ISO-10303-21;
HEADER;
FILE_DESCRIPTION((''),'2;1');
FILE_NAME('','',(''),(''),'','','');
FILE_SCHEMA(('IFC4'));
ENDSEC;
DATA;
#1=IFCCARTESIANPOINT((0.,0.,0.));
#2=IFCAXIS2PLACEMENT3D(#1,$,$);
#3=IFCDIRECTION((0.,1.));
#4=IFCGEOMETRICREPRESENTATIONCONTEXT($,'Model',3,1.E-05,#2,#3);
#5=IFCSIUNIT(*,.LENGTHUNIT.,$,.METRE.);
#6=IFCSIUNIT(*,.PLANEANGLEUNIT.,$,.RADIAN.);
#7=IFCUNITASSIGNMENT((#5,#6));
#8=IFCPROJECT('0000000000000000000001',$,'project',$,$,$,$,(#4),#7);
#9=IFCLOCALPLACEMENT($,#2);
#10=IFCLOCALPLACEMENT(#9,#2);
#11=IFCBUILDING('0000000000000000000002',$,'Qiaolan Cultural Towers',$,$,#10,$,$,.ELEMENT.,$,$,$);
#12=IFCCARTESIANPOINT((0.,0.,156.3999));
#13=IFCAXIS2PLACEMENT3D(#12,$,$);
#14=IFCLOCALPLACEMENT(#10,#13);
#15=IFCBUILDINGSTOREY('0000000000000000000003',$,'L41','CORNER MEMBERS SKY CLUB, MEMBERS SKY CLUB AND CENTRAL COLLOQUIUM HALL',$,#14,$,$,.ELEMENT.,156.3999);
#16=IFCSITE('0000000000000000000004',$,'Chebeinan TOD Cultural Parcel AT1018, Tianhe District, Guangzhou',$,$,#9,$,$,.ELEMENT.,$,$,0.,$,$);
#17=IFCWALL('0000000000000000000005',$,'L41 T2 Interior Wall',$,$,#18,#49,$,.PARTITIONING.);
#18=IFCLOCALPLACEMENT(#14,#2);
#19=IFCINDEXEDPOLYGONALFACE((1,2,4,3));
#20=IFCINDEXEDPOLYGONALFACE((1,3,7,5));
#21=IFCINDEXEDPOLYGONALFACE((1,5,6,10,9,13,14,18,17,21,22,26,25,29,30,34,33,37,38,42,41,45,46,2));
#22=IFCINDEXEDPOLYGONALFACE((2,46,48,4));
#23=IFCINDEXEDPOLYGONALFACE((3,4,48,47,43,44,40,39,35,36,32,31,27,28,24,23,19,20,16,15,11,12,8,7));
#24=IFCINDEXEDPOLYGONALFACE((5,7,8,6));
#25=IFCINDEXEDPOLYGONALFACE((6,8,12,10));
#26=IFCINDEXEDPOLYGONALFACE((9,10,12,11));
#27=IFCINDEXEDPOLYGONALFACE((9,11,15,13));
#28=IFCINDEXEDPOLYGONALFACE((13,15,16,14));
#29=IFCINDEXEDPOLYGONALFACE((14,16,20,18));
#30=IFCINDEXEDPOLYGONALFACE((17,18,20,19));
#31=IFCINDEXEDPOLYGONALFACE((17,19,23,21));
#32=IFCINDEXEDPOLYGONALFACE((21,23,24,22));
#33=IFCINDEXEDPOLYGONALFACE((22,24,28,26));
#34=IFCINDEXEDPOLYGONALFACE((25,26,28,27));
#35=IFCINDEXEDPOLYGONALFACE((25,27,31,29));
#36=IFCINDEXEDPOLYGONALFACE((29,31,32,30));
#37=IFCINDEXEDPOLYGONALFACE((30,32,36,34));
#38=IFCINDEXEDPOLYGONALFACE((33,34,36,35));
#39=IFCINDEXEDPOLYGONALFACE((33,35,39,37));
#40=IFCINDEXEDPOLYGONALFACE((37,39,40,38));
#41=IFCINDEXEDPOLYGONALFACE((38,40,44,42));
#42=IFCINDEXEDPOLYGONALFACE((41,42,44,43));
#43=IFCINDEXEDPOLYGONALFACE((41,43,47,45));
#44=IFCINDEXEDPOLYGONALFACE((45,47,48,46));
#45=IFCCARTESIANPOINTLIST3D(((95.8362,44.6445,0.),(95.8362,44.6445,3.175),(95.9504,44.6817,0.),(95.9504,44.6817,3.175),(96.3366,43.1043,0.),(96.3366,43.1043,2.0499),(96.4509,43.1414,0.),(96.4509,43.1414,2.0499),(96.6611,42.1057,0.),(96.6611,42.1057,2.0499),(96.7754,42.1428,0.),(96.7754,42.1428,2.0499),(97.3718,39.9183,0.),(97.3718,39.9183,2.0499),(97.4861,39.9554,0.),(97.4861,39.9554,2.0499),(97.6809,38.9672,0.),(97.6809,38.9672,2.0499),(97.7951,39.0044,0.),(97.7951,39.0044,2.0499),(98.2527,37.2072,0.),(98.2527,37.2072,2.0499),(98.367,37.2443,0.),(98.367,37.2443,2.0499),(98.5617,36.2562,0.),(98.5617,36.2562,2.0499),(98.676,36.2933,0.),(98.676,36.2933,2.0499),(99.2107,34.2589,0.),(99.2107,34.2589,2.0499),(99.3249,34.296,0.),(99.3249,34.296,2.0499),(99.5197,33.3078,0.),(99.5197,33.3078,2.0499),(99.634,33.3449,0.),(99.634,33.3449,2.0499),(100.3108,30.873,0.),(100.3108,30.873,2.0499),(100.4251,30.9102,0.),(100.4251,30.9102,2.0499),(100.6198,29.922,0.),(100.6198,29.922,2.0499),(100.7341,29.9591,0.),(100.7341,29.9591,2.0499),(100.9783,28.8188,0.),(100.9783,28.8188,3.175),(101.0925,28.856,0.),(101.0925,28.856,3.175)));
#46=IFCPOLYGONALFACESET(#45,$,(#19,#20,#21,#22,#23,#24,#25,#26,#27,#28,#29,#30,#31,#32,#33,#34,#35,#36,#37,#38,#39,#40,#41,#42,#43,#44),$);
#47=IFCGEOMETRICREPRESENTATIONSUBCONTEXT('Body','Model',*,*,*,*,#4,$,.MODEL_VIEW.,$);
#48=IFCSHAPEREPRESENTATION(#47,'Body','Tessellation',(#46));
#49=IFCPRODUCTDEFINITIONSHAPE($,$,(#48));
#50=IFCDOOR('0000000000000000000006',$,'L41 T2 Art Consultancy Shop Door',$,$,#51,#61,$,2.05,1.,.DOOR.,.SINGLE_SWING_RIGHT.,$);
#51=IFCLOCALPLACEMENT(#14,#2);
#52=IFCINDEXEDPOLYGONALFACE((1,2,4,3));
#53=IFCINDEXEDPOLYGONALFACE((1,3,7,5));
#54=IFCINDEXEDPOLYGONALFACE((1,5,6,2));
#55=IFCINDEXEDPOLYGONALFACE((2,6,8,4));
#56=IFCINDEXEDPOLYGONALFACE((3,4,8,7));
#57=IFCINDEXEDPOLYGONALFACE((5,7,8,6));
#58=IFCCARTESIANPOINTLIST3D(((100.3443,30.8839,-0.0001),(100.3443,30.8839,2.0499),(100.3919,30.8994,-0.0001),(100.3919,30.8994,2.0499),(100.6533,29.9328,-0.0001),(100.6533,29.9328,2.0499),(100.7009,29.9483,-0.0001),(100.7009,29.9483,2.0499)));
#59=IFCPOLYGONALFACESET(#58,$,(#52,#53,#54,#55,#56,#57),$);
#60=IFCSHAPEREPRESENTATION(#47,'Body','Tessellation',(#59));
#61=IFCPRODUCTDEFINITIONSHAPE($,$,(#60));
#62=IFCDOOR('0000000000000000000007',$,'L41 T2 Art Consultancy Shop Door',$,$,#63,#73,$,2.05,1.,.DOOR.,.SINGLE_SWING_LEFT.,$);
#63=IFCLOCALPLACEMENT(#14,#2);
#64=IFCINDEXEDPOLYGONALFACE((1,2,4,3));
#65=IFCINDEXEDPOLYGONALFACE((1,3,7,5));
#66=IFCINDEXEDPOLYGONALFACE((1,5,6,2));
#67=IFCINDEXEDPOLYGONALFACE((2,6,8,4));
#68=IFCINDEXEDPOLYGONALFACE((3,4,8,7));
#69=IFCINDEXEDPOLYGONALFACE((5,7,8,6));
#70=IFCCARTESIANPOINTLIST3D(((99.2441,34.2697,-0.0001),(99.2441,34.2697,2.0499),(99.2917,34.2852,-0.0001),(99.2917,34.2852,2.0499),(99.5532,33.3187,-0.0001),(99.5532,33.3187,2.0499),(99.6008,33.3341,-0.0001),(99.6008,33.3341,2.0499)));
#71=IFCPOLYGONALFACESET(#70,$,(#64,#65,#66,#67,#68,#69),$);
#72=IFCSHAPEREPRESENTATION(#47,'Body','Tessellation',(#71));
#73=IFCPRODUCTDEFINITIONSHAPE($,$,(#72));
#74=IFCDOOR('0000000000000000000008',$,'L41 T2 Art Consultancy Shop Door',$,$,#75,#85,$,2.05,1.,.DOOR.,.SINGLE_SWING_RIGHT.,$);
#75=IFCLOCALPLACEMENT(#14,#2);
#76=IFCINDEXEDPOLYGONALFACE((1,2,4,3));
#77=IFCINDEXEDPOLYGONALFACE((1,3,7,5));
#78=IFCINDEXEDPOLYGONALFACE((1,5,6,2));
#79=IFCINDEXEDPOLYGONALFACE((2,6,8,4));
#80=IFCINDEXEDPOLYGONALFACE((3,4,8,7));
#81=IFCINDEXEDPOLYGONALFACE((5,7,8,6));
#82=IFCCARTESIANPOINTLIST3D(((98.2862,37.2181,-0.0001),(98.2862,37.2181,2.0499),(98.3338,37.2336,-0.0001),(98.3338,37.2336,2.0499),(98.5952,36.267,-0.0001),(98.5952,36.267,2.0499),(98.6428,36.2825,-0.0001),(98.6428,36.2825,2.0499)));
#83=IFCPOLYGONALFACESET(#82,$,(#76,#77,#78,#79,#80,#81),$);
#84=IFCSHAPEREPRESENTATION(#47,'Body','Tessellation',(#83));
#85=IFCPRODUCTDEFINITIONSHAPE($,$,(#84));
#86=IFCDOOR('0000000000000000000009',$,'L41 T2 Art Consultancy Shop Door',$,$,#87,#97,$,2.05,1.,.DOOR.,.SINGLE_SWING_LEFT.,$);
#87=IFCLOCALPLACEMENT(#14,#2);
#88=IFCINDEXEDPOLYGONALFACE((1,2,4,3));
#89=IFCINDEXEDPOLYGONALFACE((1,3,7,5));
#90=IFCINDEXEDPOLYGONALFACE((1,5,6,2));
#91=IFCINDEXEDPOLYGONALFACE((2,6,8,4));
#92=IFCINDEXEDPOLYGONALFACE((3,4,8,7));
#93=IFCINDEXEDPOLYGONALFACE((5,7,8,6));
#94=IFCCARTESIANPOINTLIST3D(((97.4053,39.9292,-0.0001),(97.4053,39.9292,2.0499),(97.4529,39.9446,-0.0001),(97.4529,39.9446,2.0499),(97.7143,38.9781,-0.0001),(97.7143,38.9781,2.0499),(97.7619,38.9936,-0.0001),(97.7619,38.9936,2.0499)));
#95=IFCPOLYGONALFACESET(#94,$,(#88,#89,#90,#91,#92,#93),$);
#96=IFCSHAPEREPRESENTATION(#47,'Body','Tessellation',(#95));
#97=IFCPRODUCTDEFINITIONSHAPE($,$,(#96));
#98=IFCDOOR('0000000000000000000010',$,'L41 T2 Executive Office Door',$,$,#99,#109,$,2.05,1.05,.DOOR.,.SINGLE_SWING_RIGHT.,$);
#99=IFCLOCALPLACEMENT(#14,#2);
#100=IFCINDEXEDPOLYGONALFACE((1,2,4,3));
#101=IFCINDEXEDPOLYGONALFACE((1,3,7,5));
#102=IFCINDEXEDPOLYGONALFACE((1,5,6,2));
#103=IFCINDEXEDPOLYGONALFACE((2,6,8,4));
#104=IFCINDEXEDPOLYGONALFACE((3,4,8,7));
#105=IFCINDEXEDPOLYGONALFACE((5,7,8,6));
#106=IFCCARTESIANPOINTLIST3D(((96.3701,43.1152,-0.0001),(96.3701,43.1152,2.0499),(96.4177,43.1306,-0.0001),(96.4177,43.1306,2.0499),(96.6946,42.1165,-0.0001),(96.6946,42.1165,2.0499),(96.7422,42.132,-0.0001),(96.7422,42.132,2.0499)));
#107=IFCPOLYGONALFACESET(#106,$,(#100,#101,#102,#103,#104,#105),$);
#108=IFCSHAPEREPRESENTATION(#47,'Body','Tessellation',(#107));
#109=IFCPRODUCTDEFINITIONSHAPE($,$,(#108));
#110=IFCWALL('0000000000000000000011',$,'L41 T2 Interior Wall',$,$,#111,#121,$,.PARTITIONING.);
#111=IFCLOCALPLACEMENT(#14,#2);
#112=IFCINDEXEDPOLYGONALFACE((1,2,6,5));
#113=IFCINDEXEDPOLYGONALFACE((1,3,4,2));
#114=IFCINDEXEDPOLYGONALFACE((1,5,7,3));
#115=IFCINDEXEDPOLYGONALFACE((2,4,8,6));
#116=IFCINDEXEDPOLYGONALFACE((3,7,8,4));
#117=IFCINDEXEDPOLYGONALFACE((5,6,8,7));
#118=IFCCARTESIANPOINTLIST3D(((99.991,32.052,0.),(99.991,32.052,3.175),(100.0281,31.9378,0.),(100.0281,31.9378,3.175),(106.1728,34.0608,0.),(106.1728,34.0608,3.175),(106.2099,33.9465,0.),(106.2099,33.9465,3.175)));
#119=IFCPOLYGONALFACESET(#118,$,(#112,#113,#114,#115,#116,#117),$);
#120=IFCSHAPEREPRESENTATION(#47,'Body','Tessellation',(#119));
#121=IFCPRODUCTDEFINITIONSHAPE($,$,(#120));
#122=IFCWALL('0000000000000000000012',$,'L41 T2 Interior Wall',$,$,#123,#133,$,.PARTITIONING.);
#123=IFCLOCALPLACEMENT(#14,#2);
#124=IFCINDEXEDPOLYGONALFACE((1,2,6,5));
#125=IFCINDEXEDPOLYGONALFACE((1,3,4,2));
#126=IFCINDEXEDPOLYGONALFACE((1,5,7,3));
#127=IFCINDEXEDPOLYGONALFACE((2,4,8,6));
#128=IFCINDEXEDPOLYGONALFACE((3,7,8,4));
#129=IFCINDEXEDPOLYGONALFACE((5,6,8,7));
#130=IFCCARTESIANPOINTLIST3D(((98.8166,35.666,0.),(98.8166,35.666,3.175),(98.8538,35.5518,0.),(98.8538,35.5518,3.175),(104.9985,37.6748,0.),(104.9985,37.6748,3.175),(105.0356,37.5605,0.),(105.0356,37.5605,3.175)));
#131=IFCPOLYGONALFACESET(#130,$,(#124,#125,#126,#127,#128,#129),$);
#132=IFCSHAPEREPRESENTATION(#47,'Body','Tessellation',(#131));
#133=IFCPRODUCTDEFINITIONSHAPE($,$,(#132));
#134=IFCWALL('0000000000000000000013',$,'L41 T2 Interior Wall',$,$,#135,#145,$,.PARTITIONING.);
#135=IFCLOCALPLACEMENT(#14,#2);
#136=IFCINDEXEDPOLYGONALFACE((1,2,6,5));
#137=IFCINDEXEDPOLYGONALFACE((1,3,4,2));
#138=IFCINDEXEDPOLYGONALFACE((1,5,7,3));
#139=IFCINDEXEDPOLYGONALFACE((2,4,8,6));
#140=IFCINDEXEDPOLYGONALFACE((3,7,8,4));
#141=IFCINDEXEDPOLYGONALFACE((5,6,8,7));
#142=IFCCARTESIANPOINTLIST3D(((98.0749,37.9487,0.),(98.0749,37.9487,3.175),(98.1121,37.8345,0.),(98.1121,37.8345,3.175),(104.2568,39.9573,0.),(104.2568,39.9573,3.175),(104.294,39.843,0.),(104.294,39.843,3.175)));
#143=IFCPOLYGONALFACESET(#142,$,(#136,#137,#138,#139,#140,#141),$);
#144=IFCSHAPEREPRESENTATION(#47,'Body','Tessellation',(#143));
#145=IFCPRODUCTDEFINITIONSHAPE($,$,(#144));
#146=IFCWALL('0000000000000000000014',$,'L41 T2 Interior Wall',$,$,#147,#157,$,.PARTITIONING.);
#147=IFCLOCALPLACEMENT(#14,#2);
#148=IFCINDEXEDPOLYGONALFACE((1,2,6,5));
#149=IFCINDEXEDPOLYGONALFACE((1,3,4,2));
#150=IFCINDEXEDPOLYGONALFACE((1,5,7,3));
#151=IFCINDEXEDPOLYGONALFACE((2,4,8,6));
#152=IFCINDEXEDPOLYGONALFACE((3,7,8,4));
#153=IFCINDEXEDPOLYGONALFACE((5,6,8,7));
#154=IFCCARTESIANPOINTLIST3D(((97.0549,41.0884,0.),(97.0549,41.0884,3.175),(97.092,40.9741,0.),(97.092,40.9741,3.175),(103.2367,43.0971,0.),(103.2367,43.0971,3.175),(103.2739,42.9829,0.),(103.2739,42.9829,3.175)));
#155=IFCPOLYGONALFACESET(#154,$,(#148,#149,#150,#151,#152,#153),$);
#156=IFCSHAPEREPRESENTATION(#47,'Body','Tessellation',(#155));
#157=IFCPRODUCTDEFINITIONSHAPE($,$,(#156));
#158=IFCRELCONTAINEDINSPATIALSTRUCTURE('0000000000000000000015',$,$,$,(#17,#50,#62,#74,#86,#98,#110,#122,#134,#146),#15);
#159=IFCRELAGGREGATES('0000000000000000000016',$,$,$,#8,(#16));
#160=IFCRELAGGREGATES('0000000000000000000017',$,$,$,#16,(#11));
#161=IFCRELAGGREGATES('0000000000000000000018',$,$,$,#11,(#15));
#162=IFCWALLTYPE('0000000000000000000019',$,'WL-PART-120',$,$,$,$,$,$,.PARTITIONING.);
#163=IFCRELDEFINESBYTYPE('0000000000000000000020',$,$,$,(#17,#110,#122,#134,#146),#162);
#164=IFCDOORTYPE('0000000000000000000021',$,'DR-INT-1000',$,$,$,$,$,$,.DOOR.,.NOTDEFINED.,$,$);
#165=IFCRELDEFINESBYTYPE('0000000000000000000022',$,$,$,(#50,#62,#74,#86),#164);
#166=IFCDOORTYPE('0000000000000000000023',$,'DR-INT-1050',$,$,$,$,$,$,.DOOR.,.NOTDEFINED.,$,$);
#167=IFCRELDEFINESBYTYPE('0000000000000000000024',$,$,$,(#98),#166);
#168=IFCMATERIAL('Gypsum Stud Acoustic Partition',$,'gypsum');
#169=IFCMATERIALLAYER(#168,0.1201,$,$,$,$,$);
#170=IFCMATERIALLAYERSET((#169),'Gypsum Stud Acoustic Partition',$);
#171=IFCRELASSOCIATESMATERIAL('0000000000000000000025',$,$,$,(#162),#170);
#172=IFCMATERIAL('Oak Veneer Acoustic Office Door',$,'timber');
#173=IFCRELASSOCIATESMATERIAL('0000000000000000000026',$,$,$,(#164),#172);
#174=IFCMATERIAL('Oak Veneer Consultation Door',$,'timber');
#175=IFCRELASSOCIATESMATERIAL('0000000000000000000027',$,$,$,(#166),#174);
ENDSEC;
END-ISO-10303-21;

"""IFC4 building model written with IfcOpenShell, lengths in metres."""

from ifc_helpers import new_model, si_unit, direction, frame, frame_2d, origin, place, context, subcontext, project, spatial, rectangle, extrude, material, layer, layer_set, type_object, element, fill, save


model = new_model("IFC4")

# Units and contexts
model_context = context("Model", 3, precision=1e-05, world=origin(), true_north=direction((0.0, 1.0)))
body_context = subcontext(model_context, "Body", "Model", "MODEL_VIEW")
ifc_project = project(units=[si_unit("LENGTHUNIT", "METRE"), si_unit("PLANEANGLEUNIT", "RADIAN")], contexts=[model_context])

# Site, building, storey
site_placement = place(None, origin())
site = spatial("IfcSite", under=ifc_project, at=site_placement, Name="Chebeinan TOD Cultural Parcel AT1018, Tianhe District, Guangzhou", CompositionType="ELEMENT", RefElevation=0.0)
building_placement = place(site_placement, origin())
building = spatial("IfcBuilding", under=site, at=building_placement, Name="Qiaolan Cultural Towers", CompositionType="ELEMENT")
storey_placement = place(building_placement, frame((0.0, 0.0, 156.3999)))
storey = spatial("IfcBuildingStorey", under=building, at=storey_placement, Name="L41", Description="CORNER MEMBERS SKY CLUB, MEMBERS SKY CLUB AND CENTRAL COLLOQUIUM HALL", CompositionType="ELEMENT", Elevation=156.3999)

# Shared definitions
ifc_material_1 = material(Name="Gypsum Stud Acoustic Partition", Category="gypsum")
ifc_layer_1 = layer(ifc_material_1, 0.1201)
ifc_layer_set_1 = layer_set([ifc_layer_1], Name="Gypsum Stud Acoustic Partition")
wall_type_1 = type_object("IfcWallType", Name="WL-PART-120", PredefinedType="PARTITIONING", material=ifc_layer_set_1)

# Wall, openings, doors
wall_1_placement = place(storey_placement, frame((101.0354, 28.8374, 0.0), z_axis=(0.0, 0.0, 1.0), x_axis=(-0.309018, 0.951056, 0.0)))
wall_1 = element("IfcWall", 1, at=wall_1_placement, inside=storey, type_object=wall_type_1, Name="L41 T2 Interior Wall", PredefinedType="PARTITIONING", context=body_context, shape_type="SweptSolid", body=[
    extrude(rectangle(XDim=16.6401, YDim=0.1201, at=frame_2d((8.3201, 0.0))), origin(), (0.0, 0.0, 1.0), 3.175),
])
opening_1_placement = place(wall_1_placement, frame((1.1599, 0.0, 0.0)))
opening_1 = element("IfcOpeningElement", 2, at=opening_1_placement, cuts=wall_1, PredefinedType="OPENING", context=body_context, shape_type="SweptSolid", body=[
    extrude(rectangle(XDim=1.0, YDim=2.05, at=frame_2d((0.5, 1.0249))), frame((0.0, 0.0701, 0.0), z_axis=(0.0, -1.0, 0.0), x_axis=(1.0, 0.0, 0.0)), (0.0, 0.0, 1.0), 0.1401),
])
opening_2_placement = place(wall_1_placement, frame((4.72, 0.0, 0.0)))
opening_2 = element("IfcOpeningElement", 3, at=opening_2_placement, cuts=wall_1, PredefinedType="OPENING", context=body_context, shape_type="SweptSolid", body=[
    extrude(rectangle(XDim=1.0, YDim=2.05, at=frame_2d((0.5, 1.0249))), frame((0.0, 0.0701, 0.0), z_axis=(0.0, -1.0, 0.0), x_axis=(1.0, 0.0, 0.0)), (0.0, 0.0, 1.0), 0.1401),
])
opening_3_placement = place(wall_1_placement, frame((7.8201, 0.0, 0.0)))
opening_3 = element("IfcOpeningElement", 4, at=opening_3_placement, cuts=wall_1, PredefinedType="OPENING", context=body_context, shape_type="SweptSolid", body=[
    extrude(rectangle(XDim=1.0, YDim=2.05, at=frame_2d((0.5, 1.0249))), frame((0.0, 0.0701, 0.0), z_axis=(0.0, -1.0, 0.0), x_axis=(1.0, 0.0, 0.0)), (0.0, 0.0, 1.0), 0.1401),
])
opening_4_placement = place(wall_1_placement, frame((10.6707, 0.0, 0.0)))
opening_4 = element("IfcOpeningElement", 5, at=opening_4_placement, cuts=wall_1, PredefinedType="OPENING", context=body_context, shape_type="SweptSolid", body=[
    extrude(rectangle(XDim=1.0, YDim=2.05, at=frame_2d((0.5, 1.0249))), frame((0.0, 0.0701, 0.0), z_axis=(0.0, -1.0, 0.0), x_axis=(1.0, 0.0, 0.0)), (0.0, 0.0, 1.0), 0.1401),
])
opening_5_placement = place(wall_1_placement, frame((13.9707, 0.0, 0.0)))
opening_5 = element("IfcOpeningElement", 6, at=opening_5_placement, cuts=wall_1, PredefinedType="OPENING", context=body_context, shape_type="SweptSolid", body=[
    extrude(rectangle(XDim=1.05, YDim=2.05, at=frame_2d((0.5249, 1.0249))), frame((0.0, 0.0701, 0.0), z_axis=(0.0, -1.0, 0.0), x_axis=(1.0, 0.0, 0.0)), (0.0, 0.0, 1.0), 0.1401),
])
ifc_material_2 = material(Name="Oak Veneer Acoustic Office Door", Category="timber")
door_type_1 = type_object("IfcDoorType", Name="DR-INT-1000", OperationType="NOTDEFINED", PredefinedType="DOOR", material=ifc_material_2)
door_1_placement = place(opening_1_placement, origin())
door_1 = element("IfcDoor", 7, at=door_1_placement, inside=storey, type_object=door_type_1, Name="L41 T2 Art Consultancy Shop Door", OperationType="SINGLE_SWING_RIGHT", OverallHeight=2.05, OverallWidth=1.0, PredefinedType="DOOR", context=body_context, shape_type="SweptSolid", body=[
    extrude(rectangle(XDim=1.0, YDim=2.05, at=frame_2d((0.5, 1.0249))), frame((0.0, 0.0249, 0.0), z_axis=(0.0, -1.0, 0.0), x_axis=(1.0, 0.0, 0.0)), (0.0, 0.0, 1.0), 0.05),
])
fill(opening_1, door_1)
door_2_placement = place(opening_2_placement, origin())
door_2 = element("IfcDoor", 8, at=door_2_placement, inside=storey, type_object=door_type_1, Name="L41 T2 Art Consultancy Shop Door", OperationType="SINGLE_SWING_LEFT", OverallHeight=2.05, OverallWidth=1.0, PredefinedType="DOOR", context=body_context, shape_type="SweptSolid", body=[
    extrude(rectangle(XDim=1.0, YDim=2.05, at=frame_2d((0.5, 1.0249))), frame((0.0, 0.0249, 0.0), z_axis=(0.0, -1.0, 0.0), x_axis=(1.0, 0.0, 0.0)), (0.0, 0.0, 1.0), 0.05),
])
fill(opening_2, door_2)
door_3_placement = place(opening_3_placement, origin())
door_3 = element("IfcDoor", 9, at=door_3_placement, inside=storey, type_object=door_type_1, Name="L41 T2 Art Consultancy Shop Door", OperationType="SINGLE_SWING_RIGHT", OverallHeight=2.05, OverallWidth=1.0, PredefinedType="DOOR", context=body_context, shape_type="SweptSolid", body=[
    extrude(rectangle(XDim=1.0, YDim=2.05, at=frame_2d((0.5, 1.0249))), frame((0.0, 0.0249, 0.0), z_axis=(0.0, -1.0, 0.0), x_axis=(1.0, 0.0, 0.0)), (0.0, 0.0, 1.0), 0.05),
])
fill(opening_3, door_3)
door_4_placement = place(opening_4_placement, origin())
door_4 = element("IfcDoor", 10, at=door_4_placement, inside=storey, type_object=door_type_1, Name="L41 T2 Art Consultancy Shop Door", OperationType="SINGLE_SWING_LEFT", OverallHeight=2.05, OverallWidth=1.0, PredefinedType="DOOR", context=body_context, shape_type="SweptSolid", body=[
    extrude(rectangle(XDim=1.0, YDim=2.05, at=frame_2d((0.5, 1.0249))), frame((0.0, 0.0249, 0.0), z_axis=(0.0, -1.0, 0.0), x_axis=(1.0, 0.0, 0.0)), (0.0, 0.0, 1.0), 0.05),
])
fill(opening_4, door_4)
ifc_material_3 = material(Name="Oak Veneer Consultation Door", Category="timber")
door_type_2 = type_object("IfcDoorType", Name="DR-INT-1050", OperationType="NOTDEFINED", PredefinedType="DOOR", material=ifc_material_3)
door_5_placement = place(opening_5_placement, origin())
door_5 = element("IfcDoor", 11, at=door_5_placement, inside=storey, type_object=door_type_2, Name="L41 T2 Executive Office Door", OperationType="SINGLE_SWING_RIGHT", OverallHeight=2.05, OverallWidth=1.05, PredefinedType="DOOR", context=body_context, shape_type="SweptSolid", body=[
    extrude(rectangle(XDim=1.05, YDim=2.05, at=frame_2d((0.5249, 1.0249))), frame((0.0, 0.0249, 0.0), z_axis=(0.0, -1.0, 0.0), x_axis=(1.0, 0.0, 0.0)), (0.0, 0.0, 1.0), 0.05),
])
fill(opening_5, door_5)

# Walls
for number, where, z_axis, x_axis, name in (
    (12, (100.0095, 31.9949, 0.0), (0.0, 0.0, 1.0), (0.951049, 0.309041, 0.0), "L41 T2 Interior Wall"),
    (13, (98.8352, 35.6089, 0.0), (0.0, 0.0, 1.0), (0.951049, 0.309041, 0.0), "L41 T2 Interior Wall"),
    (14, (98.0935, 37.8916, 0.0), (0.0, 0.0, 1.0), (0.95106, 0.309007, 0.0), "L41 T2 Interior Wall"),
    (15, (97.0735, 41.0312, 0.0), (0.0, 0.0, 1.0), (0.951049, 0.309041, 0.0), "L41 T2 Interior Wall"),
):
    element("IfcWall", number, at=place(storey_placement, frame(where, z_axis=z_axis, x_axis=x_axis)), inside=storey, type_object=wall_type_1, Name=name, PredefinedType="PARTITIONING", context=body_context, shape_type="SweptSolid", body=[
        extrude(rectangle(XDim=6.5, YDim=0.1201, at=frame_2d((3.25, 0.0))), origin(), (0.0, 0.0, 1.0), 3.175),
    ])

save(model, "model.ifc")
